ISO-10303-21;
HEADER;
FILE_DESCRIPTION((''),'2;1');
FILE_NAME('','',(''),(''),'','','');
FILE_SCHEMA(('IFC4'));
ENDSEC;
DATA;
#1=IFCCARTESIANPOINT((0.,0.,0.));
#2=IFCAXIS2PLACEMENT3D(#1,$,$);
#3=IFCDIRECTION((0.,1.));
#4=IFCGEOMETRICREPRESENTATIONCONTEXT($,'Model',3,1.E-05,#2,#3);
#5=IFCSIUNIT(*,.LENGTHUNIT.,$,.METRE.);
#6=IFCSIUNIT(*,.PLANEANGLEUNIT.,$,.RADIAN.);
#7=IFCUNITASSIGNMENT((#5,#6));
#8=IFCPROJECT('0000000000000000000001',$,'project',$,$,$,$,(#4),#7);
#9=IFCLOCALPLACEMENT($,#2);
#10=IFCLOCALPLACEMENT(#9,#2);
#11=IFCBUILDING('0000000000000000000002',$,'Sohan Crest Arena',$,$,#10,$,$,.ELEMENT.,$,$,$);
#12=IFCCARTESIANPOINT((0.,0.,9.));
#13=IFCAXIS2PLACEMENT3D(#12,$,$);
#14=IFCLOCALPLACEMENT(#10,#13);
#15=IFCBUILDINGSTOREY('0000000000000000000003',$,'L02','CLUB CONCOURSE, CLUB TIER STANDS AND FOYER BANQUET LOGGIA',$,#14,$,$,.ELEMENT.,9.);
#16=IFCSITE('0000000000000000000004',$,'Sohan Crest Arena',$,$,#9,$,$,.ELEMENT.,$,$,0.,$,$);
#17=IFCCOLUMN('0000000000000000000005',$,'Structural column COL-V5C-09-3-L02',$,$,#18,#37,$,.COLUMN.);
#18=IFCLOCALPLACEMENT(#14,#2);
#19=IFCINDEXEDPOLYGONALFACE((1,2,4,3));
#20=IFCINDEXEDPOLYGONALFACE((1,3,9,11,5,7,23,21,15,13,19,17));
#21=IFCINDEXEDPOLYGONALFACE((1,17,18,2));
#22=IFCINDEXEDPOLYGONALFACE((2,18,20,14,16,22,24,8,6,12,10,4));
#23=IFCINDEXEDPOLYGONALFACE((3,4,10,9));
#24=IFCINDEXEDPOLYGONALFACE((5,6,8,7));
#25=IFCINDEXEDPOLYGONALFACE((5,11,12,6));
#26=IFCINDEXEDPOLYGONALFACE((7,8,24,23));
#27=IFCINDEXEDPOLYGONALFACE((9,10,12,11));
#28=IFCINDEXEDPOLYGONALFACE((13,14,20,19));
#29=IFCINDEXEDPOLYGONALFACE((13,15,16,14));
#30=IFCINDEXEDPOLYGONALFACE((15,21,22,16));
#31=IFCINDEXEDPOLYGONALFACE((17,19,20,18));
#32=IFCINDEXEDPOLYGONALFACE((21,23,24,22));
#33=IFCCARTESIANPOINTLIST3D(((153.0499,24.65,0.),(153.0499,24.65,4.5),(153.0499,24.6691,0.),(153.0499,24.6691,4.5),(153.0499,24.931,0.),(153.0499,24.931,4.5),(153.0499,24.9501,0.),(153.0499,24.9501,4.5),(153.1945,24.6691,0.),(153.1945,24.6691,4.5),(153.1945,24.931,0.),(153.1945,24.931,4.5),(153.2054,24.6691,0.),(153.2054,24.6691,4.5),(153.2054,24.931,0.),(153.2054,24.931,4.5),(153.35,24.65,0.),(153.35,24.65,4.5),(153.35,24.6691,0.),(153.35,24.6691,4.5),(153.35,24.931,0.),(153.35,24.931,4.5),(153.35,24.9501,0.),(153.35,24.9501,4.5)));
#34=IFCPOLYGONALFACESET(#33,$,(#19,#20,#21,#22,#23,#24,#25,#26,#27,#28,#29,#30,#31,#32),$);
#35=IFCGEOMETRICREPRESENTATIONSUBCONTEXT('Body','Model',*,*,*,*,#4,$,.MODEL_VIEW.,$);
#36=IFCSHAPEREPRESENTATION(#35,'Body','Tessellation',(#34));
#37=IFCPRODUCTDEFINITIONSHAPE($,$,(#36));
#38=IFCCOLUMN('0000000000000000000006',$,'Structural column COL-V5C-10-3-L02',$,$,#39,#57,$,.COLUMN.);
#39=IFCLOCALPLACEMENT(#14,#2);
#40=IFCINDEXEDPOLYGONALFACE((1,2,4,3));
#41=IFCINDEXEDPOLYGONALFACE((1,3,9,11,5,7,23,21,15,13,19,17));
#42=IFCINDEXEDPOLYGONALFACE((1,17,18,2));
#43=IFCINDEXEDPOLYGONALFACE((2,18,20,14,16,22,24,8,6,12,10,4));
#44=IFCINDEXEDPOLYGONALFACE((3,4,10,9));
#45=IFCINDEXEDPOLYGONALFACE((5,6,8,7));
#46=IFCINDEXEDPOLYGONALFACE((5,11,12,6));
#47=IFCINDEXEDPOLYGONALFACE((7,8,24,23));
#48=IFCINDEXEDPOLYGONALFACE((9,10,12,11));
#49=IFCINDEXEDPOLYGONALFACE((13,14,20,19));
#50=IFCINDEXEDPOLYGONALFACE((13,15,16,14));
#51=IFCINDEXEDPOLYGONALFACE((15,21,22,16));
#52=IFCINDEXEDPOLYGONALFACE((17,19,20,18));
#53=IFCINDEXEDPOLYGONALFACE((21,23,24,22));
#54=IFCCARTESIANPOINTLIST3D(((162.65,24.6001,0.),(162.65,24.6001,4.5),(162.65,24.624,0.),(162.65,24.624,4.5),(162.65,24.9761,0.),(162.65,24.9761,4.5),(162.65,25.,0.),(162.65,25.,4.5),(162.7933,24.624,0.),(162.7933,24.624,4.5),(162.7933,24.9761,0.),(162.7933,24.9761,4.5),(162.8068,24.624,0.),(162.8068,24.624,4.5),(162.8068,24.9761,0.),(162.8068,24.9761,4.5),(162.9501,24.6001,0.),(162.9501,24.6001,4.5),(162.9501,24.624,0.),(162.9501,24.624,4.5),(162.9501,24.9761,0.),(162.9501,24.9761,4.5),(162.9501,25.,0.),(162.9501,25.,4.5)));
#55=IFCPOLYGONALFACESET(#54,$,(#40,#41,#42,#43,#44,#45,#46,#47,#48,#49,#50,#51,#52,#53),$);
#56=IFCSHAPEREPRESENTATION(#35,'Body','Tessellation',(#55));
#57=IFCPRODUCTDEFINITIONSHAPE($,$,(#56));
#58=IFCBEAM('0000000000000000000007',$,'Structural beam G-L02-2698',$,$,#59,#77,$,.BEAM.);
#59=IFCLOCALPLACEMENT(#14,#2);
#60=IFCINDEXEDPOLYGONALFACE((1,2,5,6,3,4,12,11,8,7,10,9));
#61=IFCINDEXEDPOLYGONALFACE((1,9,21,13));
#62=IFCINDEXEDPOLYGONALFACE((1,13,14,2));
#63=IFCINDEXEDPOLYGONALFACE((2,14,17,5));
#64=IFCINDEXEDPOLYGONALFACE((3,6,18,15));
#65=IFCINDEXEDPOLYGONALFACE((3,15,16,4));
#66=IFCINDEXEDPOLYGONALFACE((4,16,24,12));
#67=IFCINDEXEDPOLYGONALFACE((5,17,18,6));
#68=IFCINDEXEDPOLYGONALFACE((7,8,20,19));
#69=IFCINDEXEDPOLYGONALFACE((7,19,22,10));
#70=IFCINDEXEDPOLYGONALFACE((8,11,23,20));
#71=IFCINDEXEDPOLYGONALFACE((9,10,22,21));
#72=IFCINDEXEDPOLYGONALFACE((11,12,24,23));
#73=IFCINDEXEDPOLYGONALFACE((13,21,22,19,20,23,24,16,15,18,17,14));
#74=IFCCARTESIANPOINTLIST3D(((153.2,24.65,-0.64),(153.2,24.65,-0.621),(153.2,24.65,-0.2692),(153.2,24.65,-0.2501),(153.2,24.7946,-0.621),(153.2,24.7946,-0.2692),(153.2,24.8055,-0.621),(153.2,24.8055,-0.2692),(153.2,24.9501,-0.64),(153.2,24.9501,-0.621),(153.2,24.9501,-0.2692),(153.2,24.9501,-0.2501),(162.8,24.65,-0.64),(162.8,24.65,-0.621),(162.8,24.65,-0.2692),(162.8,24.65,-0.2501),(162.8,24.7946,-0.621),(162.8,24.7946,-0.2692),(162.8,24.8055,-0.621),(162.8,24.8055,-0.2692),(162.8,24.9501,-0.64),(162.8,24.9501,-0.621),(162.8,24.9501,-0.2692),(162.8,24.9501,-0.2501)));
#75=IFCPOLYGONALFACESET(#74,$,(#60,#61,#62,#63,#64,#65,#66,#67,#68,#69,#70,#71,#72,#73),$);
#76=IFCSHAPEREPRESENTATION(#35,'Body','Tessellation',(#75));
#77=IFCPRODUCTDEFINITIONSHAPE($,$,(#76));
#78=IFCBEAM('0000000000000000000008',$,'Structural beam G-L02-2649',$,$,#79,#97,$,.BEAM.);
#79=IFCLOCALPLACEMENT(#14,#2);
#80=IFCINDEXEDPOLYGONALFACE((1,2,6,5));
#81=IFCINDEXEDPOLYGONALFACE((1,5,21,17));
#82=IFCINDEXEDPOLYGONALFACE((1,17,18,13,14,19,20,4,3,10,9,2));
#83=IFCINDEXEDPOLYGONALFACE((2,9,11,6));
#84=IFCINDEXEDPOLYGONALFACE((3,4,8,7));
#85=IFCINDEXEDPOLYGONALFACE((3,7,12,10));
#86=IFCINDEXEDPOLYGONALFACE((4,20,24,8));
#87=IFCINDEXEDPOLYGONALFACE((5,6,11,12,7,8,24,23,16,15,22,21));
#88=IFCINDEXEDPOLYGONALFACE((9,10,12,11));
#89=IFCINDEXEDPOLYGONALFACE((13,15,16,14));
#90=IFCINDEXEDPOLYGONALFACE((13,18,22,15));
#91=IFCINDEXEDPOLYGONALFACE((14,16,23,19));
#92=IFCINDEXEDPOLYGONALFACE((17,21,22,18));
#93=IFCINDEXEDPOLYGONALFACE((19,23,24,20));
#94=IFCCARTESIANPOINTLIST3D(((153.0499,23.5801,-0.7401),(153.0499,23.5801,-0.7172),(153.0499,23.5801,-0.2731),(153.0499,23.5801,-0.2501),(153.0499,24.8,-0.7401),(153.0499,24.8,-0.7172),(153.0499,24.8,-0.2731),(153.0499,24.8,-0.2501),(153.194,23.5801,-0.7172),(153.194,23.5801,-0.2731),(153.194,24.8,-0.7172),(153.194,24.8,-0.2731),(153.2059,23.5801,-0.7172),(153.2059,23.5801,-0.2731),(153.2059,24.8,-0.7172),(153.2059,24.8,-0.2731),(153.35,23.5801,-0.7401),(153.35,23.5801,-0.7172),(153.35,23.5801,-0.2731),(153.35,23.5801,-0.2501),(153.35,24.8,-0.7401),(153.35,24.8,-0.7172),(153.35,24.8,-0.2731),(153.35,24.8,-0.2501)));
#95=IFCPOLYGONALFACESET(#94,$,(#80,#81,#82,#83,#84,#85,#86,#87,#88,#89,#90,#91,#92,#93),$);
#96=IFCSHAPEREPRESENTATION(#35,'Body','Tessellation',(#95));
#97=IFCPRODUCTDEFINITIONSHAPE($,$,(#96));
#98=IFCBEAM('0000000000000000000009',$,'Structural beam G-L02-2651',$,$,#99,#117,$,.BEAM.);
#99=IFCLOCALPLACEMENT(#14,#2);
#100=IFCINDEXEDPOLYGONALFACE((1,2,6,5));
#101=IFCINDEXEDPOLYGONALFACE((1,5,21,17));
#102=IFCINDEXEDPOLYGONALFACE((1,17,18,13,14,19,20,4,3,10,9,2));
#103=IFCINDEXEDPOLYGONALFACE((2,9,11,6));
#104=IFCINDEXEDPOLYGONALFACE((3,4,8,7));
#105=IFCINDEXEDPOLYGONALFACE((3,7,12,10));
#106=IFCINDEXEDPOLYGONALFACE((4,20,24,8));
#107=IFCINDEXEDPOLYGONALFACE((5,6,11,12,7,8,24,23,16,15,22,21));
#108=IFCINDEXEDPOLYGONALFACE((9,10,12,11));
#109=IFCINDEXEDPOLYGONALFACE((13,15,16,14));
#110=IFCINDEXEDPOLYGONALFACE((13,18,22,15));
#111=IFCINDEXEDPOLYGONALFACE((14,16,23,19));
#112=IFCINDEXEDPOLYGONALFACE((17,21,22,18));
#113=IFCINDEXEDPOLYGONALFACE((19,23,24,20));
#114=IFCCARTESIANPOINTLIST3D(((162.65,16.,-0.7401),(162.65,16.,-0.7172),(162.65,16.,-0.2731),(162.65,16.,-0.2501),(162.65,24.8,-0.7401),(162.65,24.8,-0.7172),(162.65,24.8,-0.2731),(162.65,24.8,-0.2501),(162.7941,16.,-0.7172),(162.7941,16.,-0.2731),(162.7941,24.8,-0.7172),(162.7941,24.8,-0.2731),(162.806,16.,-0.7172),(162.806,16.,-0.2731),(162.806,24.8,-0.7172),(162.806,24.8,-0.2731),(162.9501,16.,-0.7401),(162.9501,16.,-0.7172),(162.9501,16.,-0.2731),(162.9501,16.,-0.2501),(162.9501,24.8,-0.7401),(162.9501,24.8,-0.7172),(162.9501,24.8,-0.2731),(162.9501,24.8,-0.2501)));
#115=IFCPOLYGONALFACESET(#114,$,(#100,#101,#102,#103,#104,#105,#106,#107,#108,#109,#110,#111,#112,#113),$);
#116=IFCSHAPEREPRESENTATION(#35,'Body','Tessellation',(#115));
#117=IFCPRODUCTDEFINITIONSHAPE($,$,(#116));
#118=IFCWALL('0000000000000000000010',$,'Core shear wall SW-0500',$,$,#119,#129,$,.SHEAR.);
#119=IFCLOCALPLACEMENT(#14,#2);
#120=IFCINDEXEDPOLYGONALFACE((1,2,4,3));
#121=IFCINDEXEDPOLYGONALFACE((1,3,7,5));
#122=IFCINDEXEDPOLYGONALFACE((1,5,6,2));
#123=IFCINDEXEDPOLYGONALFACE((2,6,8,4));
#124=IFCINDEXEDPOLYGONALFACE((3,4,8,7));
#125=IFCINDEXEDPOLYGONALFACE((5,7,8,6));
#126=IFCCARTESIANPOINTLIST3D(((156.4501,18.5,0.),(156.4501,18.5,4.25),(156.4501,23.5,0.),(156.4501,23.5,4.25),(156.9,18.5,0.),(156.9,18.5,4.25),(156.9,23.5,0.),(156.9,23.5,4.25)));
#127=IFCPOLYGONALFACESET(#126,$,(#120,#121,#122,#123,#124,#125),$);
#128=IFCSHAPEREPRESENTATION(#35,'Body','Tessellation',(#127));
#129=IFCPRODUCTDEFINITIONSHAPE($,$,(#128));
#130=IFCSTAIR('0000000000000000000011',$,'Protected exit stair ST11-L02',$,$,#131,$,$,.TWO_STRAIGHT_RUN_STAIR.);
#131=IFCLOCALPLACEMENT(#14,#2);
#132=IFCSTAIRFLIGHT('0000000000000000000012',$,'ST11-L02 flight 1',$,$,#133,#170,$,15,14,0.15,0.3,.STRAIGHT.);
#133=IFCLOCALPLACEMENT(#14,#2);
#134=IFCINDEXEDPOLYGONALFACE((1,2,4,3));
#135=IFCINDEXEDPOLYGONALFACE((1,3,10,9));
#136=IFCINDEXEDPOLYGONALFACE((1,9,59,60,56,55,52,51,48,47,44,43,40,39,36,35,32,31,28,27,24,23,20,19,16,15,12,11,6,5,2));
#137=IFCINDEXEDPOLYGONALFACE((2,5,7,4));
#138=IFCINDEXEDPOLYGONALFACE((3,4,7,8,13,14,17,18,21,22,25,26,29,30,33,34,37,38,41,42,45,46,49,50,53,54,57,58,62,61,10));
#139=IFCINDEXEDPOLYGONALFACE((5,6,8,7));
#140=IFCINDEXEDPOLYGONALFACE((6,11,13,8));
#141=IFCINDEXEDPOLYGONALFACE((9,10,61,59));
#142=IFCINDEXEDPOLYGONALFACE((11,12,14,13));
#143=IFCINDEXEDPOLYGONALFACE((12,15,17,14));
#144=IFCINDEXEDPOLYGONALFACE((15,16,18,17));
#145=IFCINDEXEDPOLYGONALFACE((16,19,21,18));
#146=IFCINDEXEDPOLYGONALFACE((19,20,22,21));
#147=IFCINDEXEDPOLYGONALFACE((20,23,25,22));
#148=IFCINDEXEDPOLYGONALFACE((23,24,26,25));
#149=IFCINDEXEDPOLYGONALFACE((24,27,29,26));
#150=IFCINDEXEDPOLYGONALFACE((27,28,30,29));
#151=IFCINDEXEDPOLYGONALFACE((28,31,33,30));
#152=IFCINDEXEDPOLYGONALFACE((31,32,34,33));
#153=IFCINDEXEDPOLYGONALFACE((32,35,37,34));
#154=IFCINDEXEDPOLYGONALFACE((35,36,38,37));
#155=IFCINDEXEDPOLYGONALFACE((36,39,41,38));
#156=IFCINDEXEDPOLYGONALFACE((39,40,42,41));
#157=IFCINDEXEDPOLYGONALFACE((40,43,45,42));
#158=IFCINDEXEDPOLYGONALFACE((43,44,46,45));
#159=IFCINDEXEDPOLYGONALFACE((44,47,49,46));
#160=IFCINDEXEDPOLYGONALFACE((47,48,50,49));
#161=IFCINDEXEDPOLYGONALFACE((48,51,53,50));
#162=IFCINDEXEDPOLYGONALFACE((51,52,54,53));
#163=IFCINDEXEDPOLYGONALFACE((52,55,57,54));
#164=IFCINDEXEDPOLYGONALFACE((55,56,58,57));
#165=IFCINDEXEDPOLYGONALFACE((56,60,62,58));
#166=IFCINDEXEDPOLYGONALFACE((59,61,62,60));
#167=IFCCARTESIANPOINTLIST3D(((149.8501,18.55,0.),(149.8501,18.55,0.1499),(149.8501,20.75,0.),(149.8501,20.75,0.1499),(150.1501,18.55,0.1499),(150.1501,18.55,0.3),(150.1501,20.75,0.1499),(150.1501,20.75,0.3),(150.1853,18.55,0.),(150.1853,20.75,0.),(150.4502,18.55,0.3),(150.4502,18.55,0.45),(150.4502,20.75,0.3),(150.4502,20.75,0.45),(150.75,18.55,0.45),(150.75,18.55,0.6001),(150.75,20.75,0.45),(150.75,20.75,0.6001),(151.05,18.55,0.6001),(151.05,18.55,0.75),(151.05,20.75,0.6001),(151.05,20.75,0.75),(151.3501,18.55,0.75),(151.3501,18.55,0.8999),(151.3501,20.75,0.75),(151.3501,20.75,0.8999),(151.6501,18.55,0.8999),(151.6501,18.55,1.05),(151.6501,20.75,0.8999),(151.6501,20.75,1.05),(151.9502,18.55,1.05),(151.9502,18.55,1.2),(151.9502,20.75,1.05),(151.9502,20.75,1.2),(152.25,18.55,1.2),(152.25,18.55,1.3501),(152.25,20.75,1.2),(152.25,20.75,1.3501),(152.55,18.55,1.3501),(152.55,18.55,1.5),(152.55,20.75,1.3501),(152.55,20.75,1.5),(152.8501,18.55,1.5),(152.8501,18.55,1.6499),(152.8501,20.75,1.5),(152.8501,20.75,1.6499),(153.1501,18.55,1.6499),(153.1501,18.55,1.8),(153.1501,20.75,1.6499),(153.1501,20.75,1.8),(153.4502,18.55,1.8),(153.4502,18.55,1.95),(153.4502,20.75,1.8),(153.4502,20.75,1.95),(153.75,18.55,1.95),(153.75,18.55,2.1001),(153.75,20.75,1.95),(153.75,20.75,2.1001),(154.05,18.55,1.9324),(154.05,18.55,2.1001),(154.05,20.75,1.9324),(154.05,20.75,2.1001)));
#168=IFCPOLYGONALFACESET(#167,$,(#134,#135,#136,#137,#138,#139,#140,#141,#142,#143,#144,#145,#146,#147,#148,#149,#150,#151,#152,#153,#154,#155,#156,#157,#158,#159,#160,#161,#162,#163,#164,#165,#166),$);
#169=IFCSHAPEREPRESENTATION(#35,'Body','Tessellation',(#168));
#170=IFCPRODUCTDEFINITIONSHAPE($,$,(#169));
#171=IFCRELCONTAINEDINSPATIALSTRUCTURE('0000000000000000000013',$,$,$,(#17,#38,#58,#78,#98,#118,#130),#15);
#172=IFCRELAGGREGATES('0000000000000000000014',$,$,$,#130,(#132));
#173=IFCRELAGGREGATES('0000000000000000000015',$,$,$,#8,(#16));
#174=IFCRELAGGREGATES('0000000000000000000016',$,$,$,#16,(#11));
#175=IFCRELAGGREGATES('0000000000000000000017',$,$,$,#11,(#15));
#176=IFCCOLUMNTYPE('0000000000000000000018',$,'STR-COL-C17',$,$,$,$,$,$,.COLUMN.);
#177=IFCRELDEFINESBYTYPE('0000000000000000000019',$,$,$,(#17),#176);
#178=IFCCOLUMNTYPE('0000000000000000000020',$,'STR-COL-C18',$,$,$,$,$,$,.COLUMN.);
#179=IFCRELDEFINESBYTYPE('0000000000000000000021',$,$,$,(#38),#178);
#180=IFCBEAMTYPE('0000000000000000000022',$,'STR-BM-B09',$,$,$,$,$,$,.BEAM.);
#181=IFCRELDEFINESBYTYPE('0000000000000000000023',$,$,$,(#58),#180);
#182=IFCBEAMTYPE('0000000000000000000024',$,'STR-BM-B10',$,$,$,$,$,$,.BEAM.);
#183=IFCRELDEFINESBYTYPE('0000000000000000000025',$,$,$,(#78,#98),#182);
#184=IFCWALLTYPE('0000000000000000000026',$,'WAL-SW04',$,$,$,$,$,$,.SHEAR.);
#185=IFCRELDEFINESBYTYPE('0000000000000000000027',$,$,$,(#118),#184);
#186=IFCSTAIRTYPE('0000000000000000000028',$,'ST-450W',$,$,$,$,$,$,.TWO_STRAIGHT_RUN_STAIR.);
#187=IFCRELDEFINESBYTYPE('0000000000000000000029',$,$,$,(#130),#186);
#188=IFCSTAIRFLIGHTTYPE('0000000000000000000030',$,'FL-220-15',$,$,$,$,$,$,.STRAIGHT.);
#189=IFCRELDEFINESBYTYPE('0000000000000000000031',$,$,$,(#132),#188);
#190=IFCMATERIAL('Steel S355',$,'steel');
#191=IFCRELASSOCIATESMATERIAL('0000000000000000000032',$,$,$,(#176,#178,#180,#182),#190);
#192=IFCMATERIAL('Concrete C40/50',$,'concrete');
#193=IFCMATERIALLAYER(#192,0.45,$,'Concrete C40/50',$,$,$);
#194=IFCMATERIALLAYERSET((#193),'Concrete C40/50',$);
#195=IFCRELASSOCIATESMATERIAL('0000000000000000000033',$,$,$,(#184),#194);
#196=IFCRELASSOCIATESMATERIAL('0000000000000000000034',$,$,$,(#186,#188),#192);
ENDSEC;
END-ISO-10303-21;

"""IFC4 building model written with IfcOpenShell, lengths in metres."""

from ifc_helpers import new_model, si_unit, direction, frame, frame_2d, origin, origin_2d, place, context, subcontext, project, spatial, polyline, rectangle, i_section, outline, extrude, material, layer, layer_set, material_profile, profile_set, type_object, element, aggregate, save


model = new_model("IFC4")

# Units and contexts
model_context = context("Model", 3, precision=1e-05, world=origin(), true_north=direction((0.0, 1.0)))
body_context = subcontext(model_context, "Body", "Model", "MODEL_VIEW")
ifc_project = project(units=[si_unit("LENGTHUNIT", "METRE"), si_unit("PLANEANGLEUNIT", "RADIAN")], contexts=[model_context])

# Site, building, storey
site_placement = place(None, origin())
site = spatial("IfcSite", under=ifc_project, at=site_placement, Name="Sohan Crest Arena", CompositionType="ELEMENT", RefElevation=0.0)
building_placement = place(site_placement, origin())
building = spatial("IfcBuilding", under=site, at=building_placement, Name="Sohan Crest Arena", CompositionType="ELEMENT")
storey_placement = place(building_placement, frame((0.0, 0.0, 9.0)))
storey = spatial("IfcBuildingStorey", under=building, at=storey_placement, Name="L02", Description="CLUB CONCOURSE, CLUB TIER STANDS AND FOYER BANQUET LOGGIA", CompositionType="ELEMENT", Elevation=9.0)

# Columns
ifc_material_1 = material(Name="Steel S355", Category="steel")
ifc_material_profile_1 = material_profile(ifc_material_1, i_section(OverallWidth=0.3, OverallDepth=0.3, WebThickness=0.011, FlangeThickness=0.019, at=origin_2d()), Name="HEB 300")
ifc_profile_set_1 = profile_set([ifc_material_profile_1], Name="Steel S355")
column_type_1 = type_object("IfcColumnType", Name="STR-COL-C17", PredefinedType="COLUMN", material=ifc_profile_set_1)
column_1_placement = place(storey_placement, frame((153.2, 24.8, 0.0), z_axis=(0.0, 0.0, 1.0), x_axis=(1.0, 0.0, 0.0)))
element("IfcColumn", 1, at=column_1_placement, inside=storey, type_object=column_type_1, Name="Structural column COL-V5C-09-3-L02", PredefinedType="COLUMN", context=body_context, shape_type="SweptSolid", body=[
    extrude(i_section(OverallWidth=0.3, OverallDepth=0.3, WebThickness=0.011, FlangeThickness=0.019, at=origin_2d()), origin(), (0.0, 0.0, 1.0), 4.5),
])
ifc_material_profile_2 = material_profile(ifc_material_1, i_section(OverallWidth=0.3, OverallDepth=0.3999, WebThickness=0.0134, FlangeThickness=0.0239, at=origin_2d()), Name="HEB 400")
ifc_profile_set_2 = profile_set([ifc_material_profile_2], Name="Steel S355")
column_type_2 = type_object("IfcColumnType", Name="STR-COL-C18", PredefinedType="COLUMN", material=ifc_profile_set_2)
column_2_placement = place(storey_placement, frame((162.8, 24.8, 0.0), z_axis=(0.0, 0.0, 1.0), x_axis=(1.0, 0.0, 0.0)))
element("IfcColumn", 2, at=column_2_placement, inside=storey, type_object=column_type_2, Name="Structural column COL-V5C-10-3-L02", PredefinedType="COLUMN", context=body_context, shape_type="SweptSolid", body=[
    extrude(i_section(OverallWidth=0.3, OverallDepth=0.3999, WebThickness=0.0134, FlangeThickness=0.0239, at=origin_2d()), origin(), (0.0, 0.0, 1.0), 4.5),
])

# Beams
ifc_material_profile_3 = material_profile(ifc_material_1, i_section(OverallWidth=0.3, OverallDepth=0.3899, WebThickness=0.011, FlangeThickness=0.019, at=origin_2d()), Name="HEA 400")
ifc_profile_set_3 = profile_set([ifc_material_profile_3], Name="Steel S355")
beam_type_1 = type_object("IfcBeamType", Name="STR-BM-B09", PredefinedType="BEAM", material=ifc_profile_set_3)
beam_1_placement = place(storey_placement, frame((153.2, 24.8, -0.4451), z_axis=(1.0, 0.0, 0.0), x_axis=(0.0, 1.0, 0.0)))
element("IfcBeam", 3, at=beam_1_placement, inside=storey, type_object=beam_type_1, Name="Structural beam G-L02-2698", PredefinedType="BEAM", context=body_context, shape_type="SweptSolid", body=[
    extrude(i_section(OverallWidth=0.3, OverallDepth=0.3899, WebThickness=0.011, FlangeThickness=0.019, at=origin_2d()), origin(), (0.0, 0.0, 1.0), 9.6001),
])
ifc_material_profile_4 = material_profile(ifc_material_1, i_section(OverallWidth=0.3, OverallDepth=0.49, WebThickness=0.012, FlangeThickness=0.0229, at=origin_2d()), Name="HEA 500")
ifc_profile_set_4 = profile_set([ifc_material_profile_4], Name="Steel S355")
beam_type_2 = type_object("IfcBeamType", Name="STR-BM-B10", PredefinedType="BEAM", material=ifc_profile_set_4)
beam_2_placement = place(storey_placement, frame((153.2, 23.5801, -0.4951), z_axis=(0.0, 1.0, 0.0), x_axis=(-1.0, 0.0, 0.0)))
element("IfcBeam", 4, at=beam_2_placement, inside=storey, type_object=beam_type_2, Name="Structural beam G-L02-2649", PredefinedType="BEAM", context=body_context, shape_type="SweptSolid", body=[
    extrude(i_section(OverallWidth=0.3, OverallDepth=0.49, WebThickness=0.012, FlangeThickness=0.0229, at=origin_2d()), origin(), (0.0, 0.0, 1.0), 1.22),
])
beam_3_placement = place(storey_placement, frame((162.8, 16.0, -0.4951), z_axis=(0.0, 1.0, 0.0), x_axis=(-1.0, 0.0, 0.0)))
element("IfcBeam", 5, at=beam_3_placement, inside=storey, type_object=beam_type_2, Name="Structural beam G-L02-2651", PredefinedType="BEAM", context=body_context, shape_type="SweptSolid", body=[
    extrude(i_section(OverallWidth=0.3, OverallDepth=0.49, WebThickness=0.012, FlangeThickness=0.0229, at=origin_2d()), origin(), (0.0, 0.0, 1.0), 8.8),
])

# Wall
ifc_material_2 = material(Name="Concrete C40/50", Category="concrete")
ifc_layer_1 = layer(ifc_material_2, 0.45, Name="Concrete C40/50")
ifc_layer_set_1 = layer_set([ifc_layer_1], Name="Concrete C40/50")
wall_type_1 = type_object("IfcWallType", Name="WAL-SW04", PredefinedType="SHEAR", material=ifc_layer_set_1)
wall_1_placement = place(storey_placement, frame((156.675, 18.5, 0.0), z_axis=(0.0, 0.0, 1.0), x_axis=(0.0, 1.0, 0.0)))
element("IfcWall", 6, at=wall_1_placement, inside=storey, type_object=wall_type_1, Name="Core shear wall SW-0500", PredefinedType="SHEAR", context=body_context, shape_type="SweptSolid", body=[
    extrude(rectangle(XDim=5.0, YDim=0.45, at=frame_2d((2.5, 0.0))), origin(), (0.0, 0.0, 1.0), 4.25),
])

# Stair, stair flight
stair_type = type_object("IfcStairType", Name="ST-450W", PredefinedType="TWO_STRAIGHT_RUN_STAIR", material=ifc_material_2)
stair_placement = place(storey_placement, origin())
stair = element("IfcStair", 7, at=stair_placement, inside=storey, type_object=stair_type, Name="Protected exit stair ST11-L02", PredefinedType="TWO_STRAIGHT_RUN_STAIR")
stair_flight_type = type_object("IfcStairFlightType", Name="FL-220-15", PredefinedType="STRAIGHT", material=ifc_material_2)
stair_flight_1_placement = place(storey_placement, frame((149.8501, 19.6499, 0.0), z_axis=(0.0, 0.0, 1.0), x_axis=(1.0, 0.0, 0.0)))
stair_flight_1 = element("IfcStairFlight", 8, at=stair_flight_1_placement, type_object=stair_flight_type, Name="ST11-L02 flight 1", NumberOfRisers=15, NumberOfTreads=14, PredefinedType="STRAIGHT", RiserHeight=0.15, TreadLength=0.3, context=body_context, shape_type="SweptSolid", body=[
    extrude(outline(polyline([(0.0, 0.0), (0.0, 0.1499), (0.3, 0.1499), (0.3, 0.3), (0.6001, 0.3), (0.6001, 0.45), (0.8999, 0.45), (0.8999, 0.6001), (1.2, 0.6001), (1.2, 0.75), (1.5, 0.75), (1.5, 0.8999), (1.8, 0.8999), (1.8, 1.05), (2.1001, 1.05), (2.1001, 1.2), (2.3999, 1.2), (2.3999, 1.3501), (2.7, 1.3501), (2.7, 1.5), (3.0, 1.5), (3.0, 1.6499), (3.3, 1.6499), (3.3, 1.8), (3.6001, 1.8), (3.6001, 1.95), (3.8999, 1.95), (3.8999, 2.1001), (4.2, 2.1001), (4.2, 2.25), (4.2, 1.9324), (0.3352, 0.0), (0.0, 0.0)])), frame((0.0, 1.1001, 0.0), z_axis=(0.0, -1.0, 0.0), x_axis=(1.0, 0.0, 0.0)), (0.0, 0.0, 1.0), 2.2),
])
aggregate(stair, [stair_flight_1])

save(model, "model.ifc")
